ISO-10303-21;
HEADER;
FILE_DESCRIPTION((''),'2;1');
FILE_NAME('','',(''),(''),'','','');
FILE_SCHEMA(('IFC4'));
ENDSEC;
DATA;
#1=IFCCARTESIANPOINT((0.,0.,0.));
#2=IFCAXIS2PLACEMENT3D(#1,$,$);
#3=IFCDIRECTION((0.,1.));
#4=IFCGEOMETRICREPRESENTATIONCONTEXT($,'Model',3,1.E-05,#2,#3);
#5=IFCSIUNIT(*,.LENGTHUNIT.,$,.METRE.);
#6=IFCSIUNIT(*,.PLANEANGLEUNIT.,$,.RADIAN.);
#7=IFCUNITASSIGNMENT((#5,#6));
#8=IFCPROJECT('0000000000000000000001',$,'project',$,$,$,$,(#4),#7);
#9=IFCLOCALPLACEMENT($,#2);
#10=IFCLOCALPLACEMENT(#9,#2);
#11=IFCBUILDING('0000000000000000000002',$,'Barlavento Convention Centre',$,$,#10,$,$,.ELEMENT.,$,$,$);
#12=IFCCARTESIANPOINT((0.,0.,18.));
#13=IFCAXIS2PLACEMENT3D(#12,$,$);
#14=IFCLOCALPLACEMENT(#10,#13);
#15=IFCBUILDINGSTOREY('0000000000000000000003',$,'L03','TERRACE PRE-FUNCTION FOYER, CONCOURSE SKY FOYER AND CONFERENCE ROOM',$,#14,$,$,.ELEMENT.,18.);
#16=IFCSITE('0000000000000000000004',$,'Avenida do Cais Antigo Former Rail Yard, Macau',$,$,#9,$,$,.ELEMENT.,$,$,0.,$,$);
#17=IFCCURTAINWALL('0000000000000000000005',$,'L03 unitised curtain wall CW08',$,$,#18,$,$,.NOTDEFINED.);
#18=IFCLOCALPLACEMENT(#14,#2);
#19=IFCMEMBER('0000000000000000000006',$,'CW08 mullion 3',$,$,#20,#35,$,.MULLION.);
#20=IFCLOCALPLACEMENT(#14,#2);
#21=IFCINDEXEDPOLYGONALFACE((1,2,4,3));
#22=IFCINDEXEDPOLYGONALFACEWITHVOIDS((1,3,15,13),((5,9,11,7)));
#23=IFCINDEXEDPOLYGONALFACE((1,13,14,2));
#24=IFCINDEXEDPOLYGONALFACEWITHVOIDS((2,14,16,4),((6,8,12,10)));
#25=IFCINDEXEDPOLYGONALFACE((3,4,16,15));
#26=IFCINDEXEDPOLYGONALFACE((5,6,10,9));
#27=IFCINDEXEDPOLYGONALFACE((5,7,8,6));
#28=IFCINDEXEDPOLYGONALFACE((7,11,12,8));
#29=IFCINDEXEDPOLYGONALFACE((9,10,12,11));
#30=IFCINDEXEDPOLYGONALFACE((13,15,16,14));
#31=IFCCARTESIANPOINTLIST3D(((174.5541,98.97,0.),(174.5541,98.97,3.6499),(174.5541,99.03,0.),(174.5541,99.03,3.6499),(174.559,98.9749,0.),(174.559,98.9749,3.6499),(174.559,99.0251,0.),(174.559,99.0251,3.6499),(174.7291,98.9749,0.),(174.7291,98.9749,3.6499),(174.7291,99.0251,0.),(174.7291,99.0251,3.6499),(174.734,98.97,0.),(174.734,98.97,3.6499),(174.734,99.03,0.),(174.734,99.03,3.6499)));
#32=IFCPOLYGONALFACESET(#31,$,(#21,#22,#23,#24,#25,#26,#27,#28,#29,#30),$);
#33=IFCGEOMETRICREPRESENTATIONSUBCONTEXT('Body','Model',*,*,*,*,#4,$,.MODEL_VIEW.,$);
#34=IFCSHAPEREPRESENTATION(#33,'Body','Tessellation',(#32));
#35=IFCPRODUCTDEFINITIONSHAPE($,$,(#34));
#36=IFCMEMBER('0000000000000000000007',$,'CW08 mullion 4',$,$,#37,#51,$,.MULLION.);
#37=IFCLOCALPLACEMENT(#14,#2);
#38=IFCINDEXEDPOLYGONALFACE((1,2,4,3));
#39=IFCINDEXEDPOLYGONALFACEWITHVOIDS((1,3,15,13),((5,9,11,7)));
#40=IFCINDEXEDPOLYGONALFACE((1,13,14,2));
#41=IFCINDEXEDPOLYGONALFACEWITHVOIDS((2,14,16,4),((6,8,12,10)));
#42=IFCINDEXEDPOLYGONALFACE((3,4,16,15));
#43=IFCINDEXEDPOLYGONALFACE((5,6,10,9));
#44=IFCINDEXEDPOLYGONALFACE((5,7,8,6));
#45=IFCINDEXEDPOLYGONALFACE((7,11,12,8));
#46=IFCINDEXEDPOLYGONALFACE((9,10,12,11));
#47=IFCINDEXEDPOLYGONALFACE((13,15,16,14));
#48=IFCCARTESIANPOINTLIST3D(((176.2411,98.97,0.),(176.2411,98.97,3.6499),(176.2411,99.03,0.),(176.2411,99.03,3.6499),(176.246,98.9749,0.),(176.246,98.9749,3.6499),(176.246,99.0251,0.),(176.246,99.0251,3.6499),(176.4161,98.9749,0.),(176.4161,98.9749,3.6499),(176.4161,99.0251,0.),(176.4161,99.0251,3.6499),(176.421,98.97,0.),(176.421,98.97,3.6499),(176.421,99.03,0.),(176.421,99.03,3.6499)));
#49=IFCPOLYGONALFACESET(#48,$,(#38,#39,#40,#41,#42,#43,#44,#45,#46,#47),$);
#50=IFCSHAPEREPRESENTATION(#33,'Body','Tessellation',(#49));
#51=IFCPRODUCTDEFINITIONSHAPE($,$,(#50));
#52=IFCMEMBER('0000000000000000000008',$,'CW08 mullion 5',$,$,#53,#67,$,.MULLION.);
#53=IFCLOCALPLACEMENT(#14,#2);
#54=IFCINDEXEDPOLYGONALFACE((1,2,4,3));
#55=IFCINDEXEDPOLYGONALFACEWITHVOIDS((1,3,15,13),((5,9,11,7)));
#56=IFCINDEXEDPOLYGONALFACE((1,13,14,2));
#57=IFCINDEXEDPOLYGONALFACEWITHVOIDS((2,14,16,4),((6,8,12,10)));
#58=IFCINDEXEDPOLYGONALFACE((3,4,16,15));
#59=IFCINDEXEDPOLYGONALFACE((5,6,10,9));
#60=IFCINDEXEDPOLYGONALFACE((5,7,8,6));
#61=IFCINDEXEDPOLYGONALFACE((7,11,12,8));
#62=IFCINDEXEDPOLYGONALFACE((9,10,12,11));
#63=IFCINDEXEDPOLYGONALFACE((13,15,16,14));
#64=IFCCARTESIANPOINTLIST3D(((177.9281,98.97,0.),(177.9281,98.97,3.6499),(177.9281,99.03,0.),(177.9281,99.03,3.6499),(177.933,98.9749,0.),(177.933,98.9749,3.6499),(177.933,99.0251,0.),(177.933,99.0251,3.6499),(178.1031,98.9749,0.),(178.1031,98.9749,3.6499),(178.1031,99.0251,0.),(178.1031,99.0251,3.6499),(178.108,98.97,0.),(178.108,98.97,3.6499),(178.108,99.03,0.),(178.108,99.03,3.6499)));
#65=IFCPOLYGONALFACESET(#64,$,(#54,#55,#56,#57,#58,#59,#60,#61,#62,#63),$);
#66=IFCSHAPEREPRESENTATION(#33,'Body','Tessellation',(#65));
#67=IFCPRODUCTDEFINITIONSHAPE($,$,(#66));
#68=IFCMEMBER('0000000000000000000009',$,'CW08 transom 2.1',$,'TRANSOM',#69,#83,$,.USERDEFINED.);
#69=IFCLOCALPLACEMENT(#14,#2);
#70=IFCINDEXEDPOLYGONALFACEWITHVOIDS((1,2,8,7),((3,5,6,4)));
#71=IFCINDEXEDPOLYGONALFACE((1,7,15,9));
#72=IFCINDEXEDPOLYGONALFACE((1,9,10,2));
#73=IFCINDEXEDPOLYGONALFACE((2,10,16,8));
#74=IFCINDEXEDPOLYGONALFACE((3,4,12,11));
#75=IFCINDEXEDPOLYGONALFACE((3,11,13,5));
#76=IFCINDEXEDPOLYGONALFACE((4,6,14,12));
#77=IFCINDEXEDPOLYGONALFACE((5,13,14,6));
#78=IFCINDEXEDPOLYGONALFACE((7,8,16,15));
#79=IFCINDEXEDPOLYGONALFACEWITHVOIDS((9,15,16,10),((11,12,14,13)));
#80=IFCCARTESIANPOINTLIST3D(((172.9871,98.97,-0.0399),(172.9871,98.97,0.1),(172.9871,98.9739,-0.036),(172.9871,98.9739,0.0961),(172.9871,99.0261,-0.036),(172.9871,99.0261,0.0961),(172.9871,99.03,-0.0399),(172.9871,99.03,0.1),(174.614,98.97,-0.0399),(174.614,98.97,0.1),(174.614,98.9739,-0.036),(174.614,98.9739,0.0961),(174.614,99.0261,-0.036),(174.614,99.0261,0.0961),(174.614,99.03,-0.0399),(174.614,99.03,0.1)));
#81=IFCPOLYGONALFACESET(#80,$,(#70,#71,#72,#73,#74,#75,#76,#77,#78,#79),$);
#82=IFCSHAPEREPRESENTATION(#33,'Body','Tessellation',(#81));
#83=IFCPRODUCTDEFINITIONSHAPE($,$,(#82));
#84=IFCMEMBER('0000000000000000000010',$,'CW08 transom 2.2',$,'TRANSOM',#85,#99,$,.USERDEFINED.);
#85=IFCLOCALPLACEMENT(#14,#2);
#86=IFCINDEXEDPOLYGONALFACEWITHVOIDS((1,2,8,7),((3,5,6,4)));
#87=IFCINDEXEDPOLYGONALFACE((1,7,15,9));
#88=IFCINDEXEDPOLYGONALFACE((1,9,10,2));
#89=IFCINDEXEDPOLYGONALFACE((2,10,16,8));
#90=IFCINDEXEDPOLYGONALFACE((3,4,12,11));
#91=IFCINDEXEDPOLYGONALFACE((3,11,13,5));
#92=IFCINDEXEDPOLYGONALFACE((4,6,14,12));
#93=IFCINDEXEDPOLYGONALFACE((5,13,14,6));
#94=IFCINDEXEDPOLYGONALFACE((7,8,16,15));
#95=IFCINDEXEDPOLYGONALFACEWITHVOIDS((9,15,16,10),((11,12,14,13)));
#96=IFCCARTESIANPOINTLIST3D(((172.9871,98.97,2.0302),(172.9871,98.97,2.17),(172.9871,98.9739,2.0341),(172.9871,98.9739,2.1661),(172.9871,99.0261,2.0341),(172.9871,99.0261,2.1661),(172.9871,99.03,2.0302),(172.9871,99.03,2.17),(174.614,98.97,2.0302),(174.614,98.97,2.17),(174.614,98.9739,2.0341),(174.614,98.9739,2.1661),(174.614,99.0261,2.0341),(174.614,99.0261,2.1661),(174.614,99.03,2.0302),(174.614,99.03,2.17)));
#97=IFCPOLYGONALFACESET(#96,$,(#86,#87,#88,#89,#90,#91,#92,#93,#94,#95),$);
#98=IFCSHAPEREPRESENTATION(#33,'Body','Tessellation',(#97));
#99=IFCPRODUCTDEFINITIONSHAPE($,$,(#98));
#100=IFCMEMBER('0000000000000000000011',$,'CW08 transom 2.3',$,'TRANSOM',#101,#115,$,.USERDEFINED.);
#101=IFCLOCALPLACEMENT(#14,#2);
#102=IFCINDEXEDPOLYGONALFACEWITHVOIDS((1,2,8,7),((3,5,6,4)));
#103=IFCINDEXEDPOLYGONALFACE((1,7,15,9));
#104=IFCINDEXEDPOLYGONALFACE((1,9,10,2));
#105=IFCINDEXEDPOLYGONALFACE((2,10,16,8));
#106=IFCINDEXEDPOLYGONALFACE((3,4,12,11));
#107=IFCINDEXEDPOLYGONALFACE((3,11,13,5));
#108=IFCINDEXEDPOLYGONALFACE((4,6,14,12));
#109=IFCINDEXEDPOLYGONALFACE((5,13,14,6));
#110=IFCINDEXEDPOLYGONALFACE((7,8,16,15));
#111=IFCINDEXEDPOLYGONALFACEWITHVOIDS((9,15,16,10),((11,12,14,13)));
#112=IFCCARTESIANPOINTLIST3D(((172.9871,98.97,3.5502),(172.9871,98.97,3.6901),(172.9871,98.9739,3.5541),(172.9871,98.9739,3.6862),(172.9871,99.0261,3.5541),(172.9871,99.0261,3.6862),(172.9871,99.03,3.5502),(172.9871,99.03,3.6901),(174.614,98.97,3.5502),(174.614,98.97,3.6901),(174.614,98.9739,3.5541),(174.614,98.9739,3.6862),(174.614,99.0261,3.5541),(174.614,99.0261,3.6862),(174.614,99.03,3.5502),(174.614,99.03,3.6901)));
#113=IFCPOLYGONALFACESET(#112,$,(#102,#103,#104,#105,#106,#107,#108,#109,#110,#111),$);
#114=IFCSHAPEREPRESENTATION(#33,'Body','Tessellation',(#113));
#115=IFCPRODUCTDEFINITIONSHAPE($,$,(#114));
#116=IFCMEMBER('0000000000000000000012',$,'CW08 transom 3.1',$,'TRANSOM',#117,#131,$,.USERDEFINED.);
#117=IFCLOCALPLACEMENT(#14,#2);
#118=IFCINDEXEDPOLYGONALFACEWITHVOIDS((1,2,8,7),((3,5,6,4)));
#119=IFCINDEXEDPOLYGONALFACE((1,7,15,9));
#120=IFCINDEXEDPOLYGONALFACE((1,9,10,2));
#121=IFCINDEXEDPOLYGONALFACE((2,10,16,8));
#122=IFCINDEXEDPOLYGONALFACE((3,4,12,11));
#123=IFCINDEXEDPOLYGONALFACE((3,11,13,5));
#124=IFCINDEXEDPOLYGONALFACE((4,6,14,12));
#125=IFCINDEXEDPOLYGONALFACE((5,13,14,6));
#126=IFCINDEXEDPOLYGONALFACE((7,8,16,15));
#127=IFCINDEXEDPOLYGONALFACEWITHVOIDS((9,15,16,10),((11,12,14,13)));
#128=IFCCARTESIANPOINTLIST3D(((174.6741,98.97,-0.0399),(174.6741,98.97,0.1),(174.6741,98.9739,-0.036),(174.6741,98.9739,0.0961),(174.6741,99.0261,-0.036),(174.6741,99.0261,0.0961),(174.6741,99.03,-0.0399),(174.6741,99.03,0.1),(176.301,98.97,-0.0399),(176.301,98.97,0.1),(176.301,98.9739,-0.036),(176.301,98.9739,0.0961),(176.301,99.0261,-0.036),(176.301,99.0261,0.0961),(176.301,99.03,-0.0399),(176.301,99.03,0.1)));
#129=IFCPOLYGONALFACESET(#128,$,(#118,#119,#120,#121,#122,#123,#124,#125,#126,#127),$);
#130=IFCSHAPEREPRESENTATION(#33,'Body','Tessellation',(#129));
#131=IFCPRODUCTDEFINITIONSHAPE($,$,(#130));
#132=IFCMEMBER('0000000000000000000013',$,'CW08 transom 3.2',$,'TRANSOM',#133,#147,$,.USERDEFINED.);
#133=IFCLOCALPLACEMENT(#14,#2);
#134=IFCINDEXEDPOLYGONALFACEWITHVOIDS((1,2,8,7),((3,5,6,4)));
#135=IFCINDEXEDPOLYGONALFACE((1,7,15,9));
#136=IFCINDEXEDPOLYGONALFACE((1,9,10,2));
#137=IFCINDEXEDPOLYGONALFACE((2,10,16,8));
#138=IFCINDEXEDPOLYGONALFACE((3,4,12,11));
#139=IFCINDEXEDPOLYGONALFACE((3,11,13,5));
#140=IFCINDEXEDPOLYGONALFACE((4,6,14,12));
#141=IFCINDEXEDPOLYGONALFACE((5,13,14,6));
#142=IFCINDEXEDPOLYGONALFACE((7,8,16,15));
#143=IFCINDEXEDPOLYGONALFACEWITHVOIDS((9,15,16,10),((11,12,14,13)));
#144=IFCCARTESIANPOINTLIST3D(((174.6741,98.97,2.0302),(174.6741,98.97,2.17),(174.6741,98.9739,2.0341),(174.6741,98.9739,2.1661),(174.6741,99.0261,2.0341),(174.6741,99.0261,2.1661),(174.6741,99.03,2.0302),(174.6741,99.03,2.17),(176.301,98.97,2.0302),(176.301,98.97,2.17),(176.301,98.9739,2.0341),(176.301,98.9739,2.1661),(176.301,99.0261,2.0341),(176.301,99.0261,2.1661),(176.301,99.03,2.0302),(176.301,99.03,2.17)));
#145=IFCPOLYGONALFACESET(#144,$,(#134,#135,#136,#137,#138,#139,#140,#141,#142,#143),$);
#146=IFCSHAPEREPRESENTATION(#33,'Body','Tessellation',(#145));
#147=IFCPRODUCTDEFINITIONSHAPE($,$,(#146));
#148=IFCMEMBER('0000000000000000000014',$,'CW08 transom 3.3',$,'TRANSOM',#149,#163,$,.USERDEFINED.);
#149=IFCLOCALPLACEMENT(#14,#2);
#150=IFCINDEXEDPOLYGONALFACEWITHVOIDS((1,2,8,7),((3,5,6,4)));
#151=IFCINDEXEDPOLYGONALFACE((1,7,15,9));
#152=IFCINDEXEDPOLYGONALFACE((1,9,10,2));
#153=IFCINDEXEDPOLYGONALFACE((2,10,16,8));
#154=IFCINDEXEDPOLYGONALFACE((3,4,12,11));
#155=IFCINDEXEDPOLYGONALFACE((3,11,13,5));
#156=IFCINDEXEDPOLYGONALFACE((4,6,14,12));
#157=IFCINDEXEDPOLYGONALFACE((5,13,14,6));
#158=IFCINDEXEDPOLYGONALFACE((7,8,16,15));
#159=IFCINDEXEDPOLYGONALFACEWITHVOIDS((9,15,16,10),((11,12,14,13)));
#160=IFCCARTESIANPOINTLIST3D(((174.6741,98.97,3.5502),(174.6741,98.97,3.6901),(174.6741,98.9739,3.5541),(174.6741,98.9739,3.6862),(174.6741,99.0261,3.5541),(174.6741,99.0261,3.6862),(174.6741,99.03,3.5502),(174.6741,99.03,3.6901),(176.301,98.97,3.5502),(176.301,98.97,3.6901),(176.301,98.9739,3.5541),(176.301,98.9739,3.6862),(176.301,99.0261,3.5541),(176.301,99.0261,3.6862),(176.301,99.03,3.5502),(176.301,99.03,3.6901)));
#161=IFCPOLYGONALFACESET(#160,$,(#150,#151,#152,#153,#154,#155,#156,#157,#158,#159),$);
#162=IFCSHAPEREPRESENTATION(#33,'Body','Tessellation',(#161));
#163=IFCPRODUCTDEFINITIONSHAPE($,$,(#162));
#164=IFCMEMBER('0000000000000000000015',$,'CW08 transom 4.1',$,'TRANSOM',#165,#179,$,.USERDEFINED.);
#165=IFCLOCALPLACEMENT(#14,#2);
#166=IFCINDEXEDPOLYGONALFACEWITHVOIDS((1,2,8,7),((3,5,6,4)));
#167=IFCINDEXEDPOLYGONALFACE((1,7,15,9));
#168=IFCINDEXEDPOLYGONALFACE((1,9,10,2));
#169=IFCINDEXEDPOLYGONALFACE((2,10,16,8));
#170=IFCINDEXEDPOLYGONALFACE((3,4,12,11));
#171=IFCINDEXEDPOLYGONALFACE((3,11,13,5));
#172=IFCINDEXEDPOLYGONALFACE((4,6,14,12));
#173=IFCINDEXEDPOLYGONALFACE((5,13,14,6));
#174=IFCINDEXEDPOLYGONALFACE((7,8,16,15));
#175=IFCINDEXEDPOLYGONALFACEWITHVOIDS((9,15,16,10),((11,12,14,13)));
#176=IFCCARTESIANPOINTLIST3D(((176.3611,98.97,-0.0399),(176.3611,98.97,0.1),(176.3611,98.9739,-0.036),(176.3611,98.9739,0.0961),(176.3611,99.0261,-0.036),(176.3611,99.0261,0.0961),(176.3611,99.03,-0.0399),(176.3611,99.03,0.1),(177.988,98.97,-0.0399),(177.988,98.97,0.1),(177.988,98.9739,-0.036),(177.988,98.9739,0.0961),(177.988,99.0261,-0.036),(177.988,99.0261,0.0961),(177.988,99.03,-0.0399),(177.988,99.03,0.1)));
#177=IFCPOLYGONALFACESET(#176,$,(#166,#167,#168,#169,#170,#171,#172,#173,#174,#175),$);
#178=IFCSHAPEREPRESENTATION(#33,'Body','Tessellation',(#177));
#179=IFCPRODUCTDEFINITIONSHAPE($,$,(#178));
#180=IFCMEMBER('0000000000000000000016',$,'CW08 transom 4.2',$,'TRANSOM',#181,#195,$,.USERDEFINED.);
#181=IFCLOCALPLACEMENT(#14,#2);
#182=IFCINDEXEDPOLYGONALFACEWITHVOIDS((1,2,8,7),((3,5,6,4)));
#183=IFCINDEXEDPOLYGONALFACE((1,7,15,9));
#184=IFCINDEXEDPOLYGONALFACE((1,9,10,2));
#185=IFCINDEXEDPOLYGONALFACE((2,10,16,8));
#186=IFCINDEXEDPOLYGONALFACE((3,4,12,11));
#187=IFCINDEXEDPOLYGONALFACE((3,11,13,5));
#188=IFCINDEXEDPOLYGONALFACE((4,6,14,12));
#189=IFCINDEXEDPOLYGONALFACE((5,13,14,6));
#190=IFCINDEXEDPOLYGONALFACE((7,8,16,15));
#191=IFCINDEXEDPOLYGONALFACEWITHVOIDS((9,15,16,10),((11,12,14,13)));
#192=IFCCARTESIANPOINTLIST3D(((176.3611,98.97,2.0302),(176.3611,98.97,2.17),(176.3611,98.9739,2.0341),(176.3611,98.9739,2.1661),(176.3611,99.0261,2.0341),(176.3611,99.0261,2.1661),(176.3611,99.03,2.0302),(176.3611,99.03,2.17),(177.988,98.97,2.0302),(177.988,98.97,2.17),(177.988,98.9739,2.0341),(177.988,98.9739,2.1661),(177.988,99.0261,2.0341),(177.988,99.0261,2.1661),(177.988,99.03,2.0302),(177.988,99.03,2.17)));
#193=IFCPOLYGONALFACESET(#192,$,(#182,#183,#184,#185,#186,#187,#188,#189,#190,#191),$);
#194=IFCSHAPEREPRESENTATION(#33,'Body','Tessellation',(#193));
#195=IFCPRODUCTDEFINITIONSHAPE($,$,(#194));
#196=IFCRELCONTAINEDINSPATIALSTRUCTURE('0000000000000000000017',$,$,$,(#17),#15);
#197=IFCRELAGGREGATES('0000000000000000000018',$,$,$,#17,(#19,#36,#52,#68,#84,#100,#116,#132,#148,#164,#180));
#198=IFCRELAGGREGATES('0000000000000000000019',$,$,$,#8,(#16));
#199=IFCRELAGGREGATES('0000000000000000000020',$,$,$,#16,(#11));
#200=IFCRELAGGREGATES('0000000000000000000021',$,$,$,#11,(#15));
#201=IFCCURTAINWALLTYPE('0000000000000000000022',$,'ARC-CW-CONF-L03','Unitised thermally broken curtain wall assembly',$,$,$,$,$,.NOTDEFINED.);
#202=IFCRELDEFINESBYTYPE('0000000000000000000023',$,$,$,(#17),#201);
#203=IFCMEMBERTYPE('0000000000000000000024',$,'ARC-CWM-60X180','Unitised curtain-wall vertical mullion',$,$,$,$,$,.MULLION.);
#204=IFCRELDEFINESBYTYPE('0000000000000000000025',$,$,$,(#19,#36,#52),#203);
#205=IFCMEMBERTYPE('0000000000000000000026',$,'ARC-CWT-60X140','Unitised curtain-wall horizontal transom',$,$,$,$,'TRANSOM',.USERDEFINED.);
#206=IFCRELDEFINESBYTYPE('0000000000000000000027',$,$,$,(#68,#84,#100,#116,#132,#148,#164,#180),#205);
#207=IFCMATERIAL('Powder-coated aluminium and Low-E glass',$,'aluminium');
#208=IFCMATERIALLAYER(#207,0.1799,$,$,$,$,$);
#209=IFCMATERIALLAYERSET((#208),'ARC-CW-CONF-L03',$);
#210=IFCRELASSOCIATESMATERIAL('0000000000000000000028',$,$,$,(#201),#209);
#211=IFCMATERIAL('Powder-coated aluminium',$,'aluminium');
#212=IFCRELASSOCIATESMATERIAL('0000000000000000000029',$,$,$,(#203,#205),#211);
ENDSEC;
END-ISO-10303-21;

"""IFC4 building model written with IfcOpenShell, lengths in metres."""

from ifc_helpers import new_model, si_unit, direction, frame, origin, origin_2d, place, context, subcontext, project, spatial, hollow_rectangle, extrude, material, layer, layer_set, material_profile, profile_set, type_object, element, aggregate, save


model = new_model("IFC4")

# Units and contexts
model_context = context("Model", 3, precision=1e-05, world=origin(), true_north=direction((0.0, 1.0)))
body_context = subcontext(model_context, "Body", "Model", "MODEL_VIEW")
ifc_project = project(units=[si_unit("LENGTHUNIT", "METRE"), si_unit("PLANEANGLEUNIT", "RADIAN")], contexts=[model_context])

# Site, building, storey
site_placement = place(None, origin())
site = spatial("IfcSite", under=ifc_project, at=site_placement, Name="Avenida do Cais Antigo Former Rail Yard, Macau", CompositionType="ELEMENT", RefElevation=0.0)
building_placement = place(site_placement, origin())
building = spatial("IfcBuilding", under=site, at=building_placement, Name="Barlavento Convention Centre", CompositionType="ELEMENT")
storey_placement = place(building_placement, frame((0.0, 0.0, 18.0)))
storey = spatial("IfcBuildingStorey", under=building, at=storey_placement, Name="L03", Description="TERRACE PRE-FUNCTION FOYER, CONCOURSE SKY FOYER AND CONFERENCE ROOM", CompositionType="ELEMENT", Elevation=18.0)

# Curtain wall, members
ifc_material_1 = material(Name="Powder-coated aluminium and Low-E glass", Category="aluminium")
ifc_layer_1 = layer(ifc_material_1, 0.1799)
ifc_layer_set_1 = layer_set([ifc_layer_1], Name="ARC-CW-CONF-L03")
curtain_wall_type = type_object("IfcCurtainWallType", Name="ARC-CW-CONF-L03", Description="Unitised thermally broken curtain wall assembly", PredefinedType="NOTDEFINED", material=ifc_layer_set_1)
curtain_wall_placement = place(storey_placement, origin())
curtain_wall = element("IfcCurtainWall", 1, at=curtain_wall_placement, inside=storey, type_object=curtain_wall_type, Name="L03 unitised curtain wall CW08", PredefinedType="NOTDEFINED")
ifc_material_2 = material(Name="Powder-coated aluminium", Category="aluminium")
ifc_material_profile_1 = material_profile(ifc_material_2, hollow_rectangle(XDim=0.0601, YDim=0.1799, WallThickness=0.0049, at=origin_2d()), Name="AL-MULL 60x180x5")
ifc_profile_set_1 = profile_set([ifc_material_profile_1], Name="Powder-coated aluminium")
member_type_1 = type_object("IfcMemberType", Name="ARC-CWM-60X180", Description="Unitised curtain-wall vertical mullion", PredefinedType="MULLION", material=ifc_profile_set_1)
member_1_placement = place(storey_placement, frame((174.644, 99.0, 0.0), z_axis=(0.0, 0.0, 1.0), x_axis=(0.0, 1.0, 0.0)))
member_1 = element("IfcMember", 2, at=member_1_placement, type_object=member_type_1, Name="CW08 mullion 3", PredefinedType="MULLION", context=body_context, shape_type="SweptSolid", body=[
    extrude(hollow_rectangle(XDim=0.0601, YDim=0.1799, WallThickness=0.0049, at=origin_2d()), origin(), (0.0, 0.0, 1.0), 3.6499),
])
member_2_placement = place(storey_placement, frame((176.3311, 99.0, 0.0), z_axis=(0.0, 0.0, 1.0), x_axis=(0.0, 1.0, 0.0)))
member_2 = element("IfcMember", 3, at=member_2_placement, type_object=member_type_1, Name="CW08 mullion 4", PredefinedType="MULLION", context=body_context, shape_type="SweptSolid", body=[
    extrude(hollow_rectangle(XDim=0.0601, YDim=0.1799, WallThickness=0.0049, at=origin_2d()), origin(), (0.0, 0.0, 1.0), 3.6499),
])
member_3_placement = place(storey_placement, frame((178.0181, 99.0, 0.0), z_axis=(0.0, 0.0, 1.0), x_axis=(0.0, 1.0, 0.0)))
member_3 = element("IfcMember", 4, at=member_3_placement, type_object=member_type_1, Name="CW08 mullion 5", PredefinedType="MULLION", context=body_context, shape_type="SweptSolid", body=[
    extrude(hollow_rectangle(XDim=0.0601, YDim=0.1799, WallThickness=0.0049, at=origin_2d()), origin(), (0.0, 0.0, 1.0), 3.6499),
])
ifc_material_profile_2 = material_profile(ifc_material_2, hollow_rectangle(XDim=0.0601, YDim=0.1399, WallThickness=0.0039, at=origin_2d()), Name="AL-TRAN 60x140x4")
ifc_profile_set_2 = profile_set([ifc_material_profile_2], Name="Powder-coated aluminium")
member_type_2 = type_object("IfcMemberType", Name="ARC-CWT-60X140", Description="Unitised curtain-wall horizontal transom", ElementType="TRANSOM", PredefinedType="USERDEFINED", material=ifc_profile_set_2)
member_4_placement = place(storey_placement, frame((172.9871, 99.0, 0.03), z_axis=(1.0, 0.0, 0.0), x_axis=(0.0, 1.0, 0.0)))
member_4 = element("IfcMember", 5, at=member_4_placement, type_object=member_type_2, Name="CW08 transom 2.1", ObjectType="TRANSOM", PredefinedType="USERDEFINED", context=body_context, shape_type="SweptSolid", body=[
    extrude(hollow_rectangle(XDim=0.0601, YDim=0.1399, WallThickness=0.0039, at=origin_2d()), origin(), (0.0, 0.0, 1.0), 1.627),
])
member_5_placement = place(storey_placement, frame((172.9871, 99.0, 2.1001), z_axis=(1.0, 0.0, 0.0), x_axis=(0.0, 1.0, 0.0)))
member_5 = element("IfcMember", 6, at=member_5_placement, type_object=member_type_2, Name="CW08 transom 2.2", ObjectType="TRANSOM", PredefinedType="USERDEFINED", context=body_context, shape_type="SweptSolid", body=[
    extrude(hollow_rectangle(XDim=0.0601, YDim=0.1399, WallThickness=0.0039, at=origin_2d()), origin(), (0.0, 0.0, 1.0), 1.627),
])
member_6_placement = place(storey_placement, frame((172.9871, 99.0, 3.6201), z_axis=(1.0, 0.0, 0.0), x_axis=(0.0, 1.0, 0.0)))
member_6 = element("IfcMember", 7, at=member_6_placement, type_object=member_type_2, Name="CW08 transom 2.3", ObjectType="TRANSOM", PredefinedType="USERDEFINED", context=body_context, shape_type="SweptSolid", body=[
    extrude(hollow_rectangle(XDim=0.0601, YDim=0.1399, WallThickness=0.0039, at=origin_2d()), origin(), (0.0, 0.0, 1.0), 1.627),
])
member_7_placement = place(storey_placement, frame((174.6741, 99.0, 0.03), z_axis=(1.0, 0.0, 0.0), x_axis=(0.0, 1.0, 0.0)))
member_7 = element("IfcMember", 8, at=member_7_placement, type_object=member_type_2, Name="CW08 transom 3.1", ObjectType="TRANSOM", PredefinedType="USERDEFINED", context=body_context, shape_type="SweptSolid", body=[
    extrude(hollow_rectangle(XDim=0.0601, YDim=0.1399, WallThickness=0.0039, at=origin_2d()), origin(), (0.0, 0.0, 1.0), 1.627),
])
member_8_placement = place(storey_placement, frame((174.6741, 99.0, 2.1001), z_axis=(1.0, 0.0, 0.0), x_axis=(0.0, 1.0, 0.0)))
member_8 = element("IfcMember", 9, at=member_8_placement, type_object=member_type_2, Name="CW08 transom 3.2", ObjectType="TRANSOM", PredefinedType="USERDEFINED", context=body_context, shape_type="SweptSolid", body=[
    extrude(hollow_rectangle(XDim=0.0601, YDim=0.1399, WallThickness=0.0039, at=origin_2d()), origin(), (0.0, 0.0, 1.0), 1.627),
])
member_9_placement = place(storey_placement, frame((174.6741, 99.0, 3.6201), z_axis=(1.0, 0.0, 0.0), x_axis=(0.0, 1.0, 0.0)))
member_9 = element("IfcMember", 10, at=member_9_placement, type_object=member_type_2, Name="CW08 transom 3.3", ObjectType="TRANSOM", PredefinedType="USERDEFINED", context=body_context, shape_type="SweptSolid", body=[
    extrude(hollow_rectangle(XDim=0.0601, YDim=0.1399, WallThickness=0.0039, at=origin_2d()), origin(), (0.0, 0.0, 1.0), 1.627),
])
member_10_placement = place(storey_placement, frame((176.3611, 99.0, 0.03), z_axis=(1.0, 0.0, 0.0), x_axis=(0.0, 1.0, 0.0)))
member_10 = element("IfcMember", 11, at=member_10_placement, type_object=member_type_2, Name="CW08 transom 4.1", ObjectType="TRANSOM", PredefinedType="USERDEFINED", context=body_context, shape_type="SweptSolid", body=[
    extrude(hollow_rectangle(XDim=0.0601, YDim=0.1399, WallThickness=0.0039, at=origin_2d()), origin(), (0.0, 0.0, 1.0), 1.627),
])
member_11_placement = place(storey_placement, frame((176.3611, 99.0, 2.1001), z_axis=(1.0, 0.0, 0.0), x_axis=(0.0, 1.0, 0.0)))
member_11 = element("IfcMember", 12, at=member_11_placement, type_object=member_type_2, Name="CW08 transom 4.2", ObjectType="TRANSOM", PredefinedType="USERDEFINED", context=body_context, shape_type="SweptSolid", body=[
    extrude(hollow_rectangle(XDim=0.0601, YDim=0.1399, WallThickness=0.0039, at=origin_2d()), origin(), (0.0, 0.0, 1.0), 1.627),
])

aggregate(curtain_wall, [member_1, member_2, member_3, member_4, member_5, member_6, member_7, member_8, member_9, member_10, member_11])

save(model, "model.ifc")
